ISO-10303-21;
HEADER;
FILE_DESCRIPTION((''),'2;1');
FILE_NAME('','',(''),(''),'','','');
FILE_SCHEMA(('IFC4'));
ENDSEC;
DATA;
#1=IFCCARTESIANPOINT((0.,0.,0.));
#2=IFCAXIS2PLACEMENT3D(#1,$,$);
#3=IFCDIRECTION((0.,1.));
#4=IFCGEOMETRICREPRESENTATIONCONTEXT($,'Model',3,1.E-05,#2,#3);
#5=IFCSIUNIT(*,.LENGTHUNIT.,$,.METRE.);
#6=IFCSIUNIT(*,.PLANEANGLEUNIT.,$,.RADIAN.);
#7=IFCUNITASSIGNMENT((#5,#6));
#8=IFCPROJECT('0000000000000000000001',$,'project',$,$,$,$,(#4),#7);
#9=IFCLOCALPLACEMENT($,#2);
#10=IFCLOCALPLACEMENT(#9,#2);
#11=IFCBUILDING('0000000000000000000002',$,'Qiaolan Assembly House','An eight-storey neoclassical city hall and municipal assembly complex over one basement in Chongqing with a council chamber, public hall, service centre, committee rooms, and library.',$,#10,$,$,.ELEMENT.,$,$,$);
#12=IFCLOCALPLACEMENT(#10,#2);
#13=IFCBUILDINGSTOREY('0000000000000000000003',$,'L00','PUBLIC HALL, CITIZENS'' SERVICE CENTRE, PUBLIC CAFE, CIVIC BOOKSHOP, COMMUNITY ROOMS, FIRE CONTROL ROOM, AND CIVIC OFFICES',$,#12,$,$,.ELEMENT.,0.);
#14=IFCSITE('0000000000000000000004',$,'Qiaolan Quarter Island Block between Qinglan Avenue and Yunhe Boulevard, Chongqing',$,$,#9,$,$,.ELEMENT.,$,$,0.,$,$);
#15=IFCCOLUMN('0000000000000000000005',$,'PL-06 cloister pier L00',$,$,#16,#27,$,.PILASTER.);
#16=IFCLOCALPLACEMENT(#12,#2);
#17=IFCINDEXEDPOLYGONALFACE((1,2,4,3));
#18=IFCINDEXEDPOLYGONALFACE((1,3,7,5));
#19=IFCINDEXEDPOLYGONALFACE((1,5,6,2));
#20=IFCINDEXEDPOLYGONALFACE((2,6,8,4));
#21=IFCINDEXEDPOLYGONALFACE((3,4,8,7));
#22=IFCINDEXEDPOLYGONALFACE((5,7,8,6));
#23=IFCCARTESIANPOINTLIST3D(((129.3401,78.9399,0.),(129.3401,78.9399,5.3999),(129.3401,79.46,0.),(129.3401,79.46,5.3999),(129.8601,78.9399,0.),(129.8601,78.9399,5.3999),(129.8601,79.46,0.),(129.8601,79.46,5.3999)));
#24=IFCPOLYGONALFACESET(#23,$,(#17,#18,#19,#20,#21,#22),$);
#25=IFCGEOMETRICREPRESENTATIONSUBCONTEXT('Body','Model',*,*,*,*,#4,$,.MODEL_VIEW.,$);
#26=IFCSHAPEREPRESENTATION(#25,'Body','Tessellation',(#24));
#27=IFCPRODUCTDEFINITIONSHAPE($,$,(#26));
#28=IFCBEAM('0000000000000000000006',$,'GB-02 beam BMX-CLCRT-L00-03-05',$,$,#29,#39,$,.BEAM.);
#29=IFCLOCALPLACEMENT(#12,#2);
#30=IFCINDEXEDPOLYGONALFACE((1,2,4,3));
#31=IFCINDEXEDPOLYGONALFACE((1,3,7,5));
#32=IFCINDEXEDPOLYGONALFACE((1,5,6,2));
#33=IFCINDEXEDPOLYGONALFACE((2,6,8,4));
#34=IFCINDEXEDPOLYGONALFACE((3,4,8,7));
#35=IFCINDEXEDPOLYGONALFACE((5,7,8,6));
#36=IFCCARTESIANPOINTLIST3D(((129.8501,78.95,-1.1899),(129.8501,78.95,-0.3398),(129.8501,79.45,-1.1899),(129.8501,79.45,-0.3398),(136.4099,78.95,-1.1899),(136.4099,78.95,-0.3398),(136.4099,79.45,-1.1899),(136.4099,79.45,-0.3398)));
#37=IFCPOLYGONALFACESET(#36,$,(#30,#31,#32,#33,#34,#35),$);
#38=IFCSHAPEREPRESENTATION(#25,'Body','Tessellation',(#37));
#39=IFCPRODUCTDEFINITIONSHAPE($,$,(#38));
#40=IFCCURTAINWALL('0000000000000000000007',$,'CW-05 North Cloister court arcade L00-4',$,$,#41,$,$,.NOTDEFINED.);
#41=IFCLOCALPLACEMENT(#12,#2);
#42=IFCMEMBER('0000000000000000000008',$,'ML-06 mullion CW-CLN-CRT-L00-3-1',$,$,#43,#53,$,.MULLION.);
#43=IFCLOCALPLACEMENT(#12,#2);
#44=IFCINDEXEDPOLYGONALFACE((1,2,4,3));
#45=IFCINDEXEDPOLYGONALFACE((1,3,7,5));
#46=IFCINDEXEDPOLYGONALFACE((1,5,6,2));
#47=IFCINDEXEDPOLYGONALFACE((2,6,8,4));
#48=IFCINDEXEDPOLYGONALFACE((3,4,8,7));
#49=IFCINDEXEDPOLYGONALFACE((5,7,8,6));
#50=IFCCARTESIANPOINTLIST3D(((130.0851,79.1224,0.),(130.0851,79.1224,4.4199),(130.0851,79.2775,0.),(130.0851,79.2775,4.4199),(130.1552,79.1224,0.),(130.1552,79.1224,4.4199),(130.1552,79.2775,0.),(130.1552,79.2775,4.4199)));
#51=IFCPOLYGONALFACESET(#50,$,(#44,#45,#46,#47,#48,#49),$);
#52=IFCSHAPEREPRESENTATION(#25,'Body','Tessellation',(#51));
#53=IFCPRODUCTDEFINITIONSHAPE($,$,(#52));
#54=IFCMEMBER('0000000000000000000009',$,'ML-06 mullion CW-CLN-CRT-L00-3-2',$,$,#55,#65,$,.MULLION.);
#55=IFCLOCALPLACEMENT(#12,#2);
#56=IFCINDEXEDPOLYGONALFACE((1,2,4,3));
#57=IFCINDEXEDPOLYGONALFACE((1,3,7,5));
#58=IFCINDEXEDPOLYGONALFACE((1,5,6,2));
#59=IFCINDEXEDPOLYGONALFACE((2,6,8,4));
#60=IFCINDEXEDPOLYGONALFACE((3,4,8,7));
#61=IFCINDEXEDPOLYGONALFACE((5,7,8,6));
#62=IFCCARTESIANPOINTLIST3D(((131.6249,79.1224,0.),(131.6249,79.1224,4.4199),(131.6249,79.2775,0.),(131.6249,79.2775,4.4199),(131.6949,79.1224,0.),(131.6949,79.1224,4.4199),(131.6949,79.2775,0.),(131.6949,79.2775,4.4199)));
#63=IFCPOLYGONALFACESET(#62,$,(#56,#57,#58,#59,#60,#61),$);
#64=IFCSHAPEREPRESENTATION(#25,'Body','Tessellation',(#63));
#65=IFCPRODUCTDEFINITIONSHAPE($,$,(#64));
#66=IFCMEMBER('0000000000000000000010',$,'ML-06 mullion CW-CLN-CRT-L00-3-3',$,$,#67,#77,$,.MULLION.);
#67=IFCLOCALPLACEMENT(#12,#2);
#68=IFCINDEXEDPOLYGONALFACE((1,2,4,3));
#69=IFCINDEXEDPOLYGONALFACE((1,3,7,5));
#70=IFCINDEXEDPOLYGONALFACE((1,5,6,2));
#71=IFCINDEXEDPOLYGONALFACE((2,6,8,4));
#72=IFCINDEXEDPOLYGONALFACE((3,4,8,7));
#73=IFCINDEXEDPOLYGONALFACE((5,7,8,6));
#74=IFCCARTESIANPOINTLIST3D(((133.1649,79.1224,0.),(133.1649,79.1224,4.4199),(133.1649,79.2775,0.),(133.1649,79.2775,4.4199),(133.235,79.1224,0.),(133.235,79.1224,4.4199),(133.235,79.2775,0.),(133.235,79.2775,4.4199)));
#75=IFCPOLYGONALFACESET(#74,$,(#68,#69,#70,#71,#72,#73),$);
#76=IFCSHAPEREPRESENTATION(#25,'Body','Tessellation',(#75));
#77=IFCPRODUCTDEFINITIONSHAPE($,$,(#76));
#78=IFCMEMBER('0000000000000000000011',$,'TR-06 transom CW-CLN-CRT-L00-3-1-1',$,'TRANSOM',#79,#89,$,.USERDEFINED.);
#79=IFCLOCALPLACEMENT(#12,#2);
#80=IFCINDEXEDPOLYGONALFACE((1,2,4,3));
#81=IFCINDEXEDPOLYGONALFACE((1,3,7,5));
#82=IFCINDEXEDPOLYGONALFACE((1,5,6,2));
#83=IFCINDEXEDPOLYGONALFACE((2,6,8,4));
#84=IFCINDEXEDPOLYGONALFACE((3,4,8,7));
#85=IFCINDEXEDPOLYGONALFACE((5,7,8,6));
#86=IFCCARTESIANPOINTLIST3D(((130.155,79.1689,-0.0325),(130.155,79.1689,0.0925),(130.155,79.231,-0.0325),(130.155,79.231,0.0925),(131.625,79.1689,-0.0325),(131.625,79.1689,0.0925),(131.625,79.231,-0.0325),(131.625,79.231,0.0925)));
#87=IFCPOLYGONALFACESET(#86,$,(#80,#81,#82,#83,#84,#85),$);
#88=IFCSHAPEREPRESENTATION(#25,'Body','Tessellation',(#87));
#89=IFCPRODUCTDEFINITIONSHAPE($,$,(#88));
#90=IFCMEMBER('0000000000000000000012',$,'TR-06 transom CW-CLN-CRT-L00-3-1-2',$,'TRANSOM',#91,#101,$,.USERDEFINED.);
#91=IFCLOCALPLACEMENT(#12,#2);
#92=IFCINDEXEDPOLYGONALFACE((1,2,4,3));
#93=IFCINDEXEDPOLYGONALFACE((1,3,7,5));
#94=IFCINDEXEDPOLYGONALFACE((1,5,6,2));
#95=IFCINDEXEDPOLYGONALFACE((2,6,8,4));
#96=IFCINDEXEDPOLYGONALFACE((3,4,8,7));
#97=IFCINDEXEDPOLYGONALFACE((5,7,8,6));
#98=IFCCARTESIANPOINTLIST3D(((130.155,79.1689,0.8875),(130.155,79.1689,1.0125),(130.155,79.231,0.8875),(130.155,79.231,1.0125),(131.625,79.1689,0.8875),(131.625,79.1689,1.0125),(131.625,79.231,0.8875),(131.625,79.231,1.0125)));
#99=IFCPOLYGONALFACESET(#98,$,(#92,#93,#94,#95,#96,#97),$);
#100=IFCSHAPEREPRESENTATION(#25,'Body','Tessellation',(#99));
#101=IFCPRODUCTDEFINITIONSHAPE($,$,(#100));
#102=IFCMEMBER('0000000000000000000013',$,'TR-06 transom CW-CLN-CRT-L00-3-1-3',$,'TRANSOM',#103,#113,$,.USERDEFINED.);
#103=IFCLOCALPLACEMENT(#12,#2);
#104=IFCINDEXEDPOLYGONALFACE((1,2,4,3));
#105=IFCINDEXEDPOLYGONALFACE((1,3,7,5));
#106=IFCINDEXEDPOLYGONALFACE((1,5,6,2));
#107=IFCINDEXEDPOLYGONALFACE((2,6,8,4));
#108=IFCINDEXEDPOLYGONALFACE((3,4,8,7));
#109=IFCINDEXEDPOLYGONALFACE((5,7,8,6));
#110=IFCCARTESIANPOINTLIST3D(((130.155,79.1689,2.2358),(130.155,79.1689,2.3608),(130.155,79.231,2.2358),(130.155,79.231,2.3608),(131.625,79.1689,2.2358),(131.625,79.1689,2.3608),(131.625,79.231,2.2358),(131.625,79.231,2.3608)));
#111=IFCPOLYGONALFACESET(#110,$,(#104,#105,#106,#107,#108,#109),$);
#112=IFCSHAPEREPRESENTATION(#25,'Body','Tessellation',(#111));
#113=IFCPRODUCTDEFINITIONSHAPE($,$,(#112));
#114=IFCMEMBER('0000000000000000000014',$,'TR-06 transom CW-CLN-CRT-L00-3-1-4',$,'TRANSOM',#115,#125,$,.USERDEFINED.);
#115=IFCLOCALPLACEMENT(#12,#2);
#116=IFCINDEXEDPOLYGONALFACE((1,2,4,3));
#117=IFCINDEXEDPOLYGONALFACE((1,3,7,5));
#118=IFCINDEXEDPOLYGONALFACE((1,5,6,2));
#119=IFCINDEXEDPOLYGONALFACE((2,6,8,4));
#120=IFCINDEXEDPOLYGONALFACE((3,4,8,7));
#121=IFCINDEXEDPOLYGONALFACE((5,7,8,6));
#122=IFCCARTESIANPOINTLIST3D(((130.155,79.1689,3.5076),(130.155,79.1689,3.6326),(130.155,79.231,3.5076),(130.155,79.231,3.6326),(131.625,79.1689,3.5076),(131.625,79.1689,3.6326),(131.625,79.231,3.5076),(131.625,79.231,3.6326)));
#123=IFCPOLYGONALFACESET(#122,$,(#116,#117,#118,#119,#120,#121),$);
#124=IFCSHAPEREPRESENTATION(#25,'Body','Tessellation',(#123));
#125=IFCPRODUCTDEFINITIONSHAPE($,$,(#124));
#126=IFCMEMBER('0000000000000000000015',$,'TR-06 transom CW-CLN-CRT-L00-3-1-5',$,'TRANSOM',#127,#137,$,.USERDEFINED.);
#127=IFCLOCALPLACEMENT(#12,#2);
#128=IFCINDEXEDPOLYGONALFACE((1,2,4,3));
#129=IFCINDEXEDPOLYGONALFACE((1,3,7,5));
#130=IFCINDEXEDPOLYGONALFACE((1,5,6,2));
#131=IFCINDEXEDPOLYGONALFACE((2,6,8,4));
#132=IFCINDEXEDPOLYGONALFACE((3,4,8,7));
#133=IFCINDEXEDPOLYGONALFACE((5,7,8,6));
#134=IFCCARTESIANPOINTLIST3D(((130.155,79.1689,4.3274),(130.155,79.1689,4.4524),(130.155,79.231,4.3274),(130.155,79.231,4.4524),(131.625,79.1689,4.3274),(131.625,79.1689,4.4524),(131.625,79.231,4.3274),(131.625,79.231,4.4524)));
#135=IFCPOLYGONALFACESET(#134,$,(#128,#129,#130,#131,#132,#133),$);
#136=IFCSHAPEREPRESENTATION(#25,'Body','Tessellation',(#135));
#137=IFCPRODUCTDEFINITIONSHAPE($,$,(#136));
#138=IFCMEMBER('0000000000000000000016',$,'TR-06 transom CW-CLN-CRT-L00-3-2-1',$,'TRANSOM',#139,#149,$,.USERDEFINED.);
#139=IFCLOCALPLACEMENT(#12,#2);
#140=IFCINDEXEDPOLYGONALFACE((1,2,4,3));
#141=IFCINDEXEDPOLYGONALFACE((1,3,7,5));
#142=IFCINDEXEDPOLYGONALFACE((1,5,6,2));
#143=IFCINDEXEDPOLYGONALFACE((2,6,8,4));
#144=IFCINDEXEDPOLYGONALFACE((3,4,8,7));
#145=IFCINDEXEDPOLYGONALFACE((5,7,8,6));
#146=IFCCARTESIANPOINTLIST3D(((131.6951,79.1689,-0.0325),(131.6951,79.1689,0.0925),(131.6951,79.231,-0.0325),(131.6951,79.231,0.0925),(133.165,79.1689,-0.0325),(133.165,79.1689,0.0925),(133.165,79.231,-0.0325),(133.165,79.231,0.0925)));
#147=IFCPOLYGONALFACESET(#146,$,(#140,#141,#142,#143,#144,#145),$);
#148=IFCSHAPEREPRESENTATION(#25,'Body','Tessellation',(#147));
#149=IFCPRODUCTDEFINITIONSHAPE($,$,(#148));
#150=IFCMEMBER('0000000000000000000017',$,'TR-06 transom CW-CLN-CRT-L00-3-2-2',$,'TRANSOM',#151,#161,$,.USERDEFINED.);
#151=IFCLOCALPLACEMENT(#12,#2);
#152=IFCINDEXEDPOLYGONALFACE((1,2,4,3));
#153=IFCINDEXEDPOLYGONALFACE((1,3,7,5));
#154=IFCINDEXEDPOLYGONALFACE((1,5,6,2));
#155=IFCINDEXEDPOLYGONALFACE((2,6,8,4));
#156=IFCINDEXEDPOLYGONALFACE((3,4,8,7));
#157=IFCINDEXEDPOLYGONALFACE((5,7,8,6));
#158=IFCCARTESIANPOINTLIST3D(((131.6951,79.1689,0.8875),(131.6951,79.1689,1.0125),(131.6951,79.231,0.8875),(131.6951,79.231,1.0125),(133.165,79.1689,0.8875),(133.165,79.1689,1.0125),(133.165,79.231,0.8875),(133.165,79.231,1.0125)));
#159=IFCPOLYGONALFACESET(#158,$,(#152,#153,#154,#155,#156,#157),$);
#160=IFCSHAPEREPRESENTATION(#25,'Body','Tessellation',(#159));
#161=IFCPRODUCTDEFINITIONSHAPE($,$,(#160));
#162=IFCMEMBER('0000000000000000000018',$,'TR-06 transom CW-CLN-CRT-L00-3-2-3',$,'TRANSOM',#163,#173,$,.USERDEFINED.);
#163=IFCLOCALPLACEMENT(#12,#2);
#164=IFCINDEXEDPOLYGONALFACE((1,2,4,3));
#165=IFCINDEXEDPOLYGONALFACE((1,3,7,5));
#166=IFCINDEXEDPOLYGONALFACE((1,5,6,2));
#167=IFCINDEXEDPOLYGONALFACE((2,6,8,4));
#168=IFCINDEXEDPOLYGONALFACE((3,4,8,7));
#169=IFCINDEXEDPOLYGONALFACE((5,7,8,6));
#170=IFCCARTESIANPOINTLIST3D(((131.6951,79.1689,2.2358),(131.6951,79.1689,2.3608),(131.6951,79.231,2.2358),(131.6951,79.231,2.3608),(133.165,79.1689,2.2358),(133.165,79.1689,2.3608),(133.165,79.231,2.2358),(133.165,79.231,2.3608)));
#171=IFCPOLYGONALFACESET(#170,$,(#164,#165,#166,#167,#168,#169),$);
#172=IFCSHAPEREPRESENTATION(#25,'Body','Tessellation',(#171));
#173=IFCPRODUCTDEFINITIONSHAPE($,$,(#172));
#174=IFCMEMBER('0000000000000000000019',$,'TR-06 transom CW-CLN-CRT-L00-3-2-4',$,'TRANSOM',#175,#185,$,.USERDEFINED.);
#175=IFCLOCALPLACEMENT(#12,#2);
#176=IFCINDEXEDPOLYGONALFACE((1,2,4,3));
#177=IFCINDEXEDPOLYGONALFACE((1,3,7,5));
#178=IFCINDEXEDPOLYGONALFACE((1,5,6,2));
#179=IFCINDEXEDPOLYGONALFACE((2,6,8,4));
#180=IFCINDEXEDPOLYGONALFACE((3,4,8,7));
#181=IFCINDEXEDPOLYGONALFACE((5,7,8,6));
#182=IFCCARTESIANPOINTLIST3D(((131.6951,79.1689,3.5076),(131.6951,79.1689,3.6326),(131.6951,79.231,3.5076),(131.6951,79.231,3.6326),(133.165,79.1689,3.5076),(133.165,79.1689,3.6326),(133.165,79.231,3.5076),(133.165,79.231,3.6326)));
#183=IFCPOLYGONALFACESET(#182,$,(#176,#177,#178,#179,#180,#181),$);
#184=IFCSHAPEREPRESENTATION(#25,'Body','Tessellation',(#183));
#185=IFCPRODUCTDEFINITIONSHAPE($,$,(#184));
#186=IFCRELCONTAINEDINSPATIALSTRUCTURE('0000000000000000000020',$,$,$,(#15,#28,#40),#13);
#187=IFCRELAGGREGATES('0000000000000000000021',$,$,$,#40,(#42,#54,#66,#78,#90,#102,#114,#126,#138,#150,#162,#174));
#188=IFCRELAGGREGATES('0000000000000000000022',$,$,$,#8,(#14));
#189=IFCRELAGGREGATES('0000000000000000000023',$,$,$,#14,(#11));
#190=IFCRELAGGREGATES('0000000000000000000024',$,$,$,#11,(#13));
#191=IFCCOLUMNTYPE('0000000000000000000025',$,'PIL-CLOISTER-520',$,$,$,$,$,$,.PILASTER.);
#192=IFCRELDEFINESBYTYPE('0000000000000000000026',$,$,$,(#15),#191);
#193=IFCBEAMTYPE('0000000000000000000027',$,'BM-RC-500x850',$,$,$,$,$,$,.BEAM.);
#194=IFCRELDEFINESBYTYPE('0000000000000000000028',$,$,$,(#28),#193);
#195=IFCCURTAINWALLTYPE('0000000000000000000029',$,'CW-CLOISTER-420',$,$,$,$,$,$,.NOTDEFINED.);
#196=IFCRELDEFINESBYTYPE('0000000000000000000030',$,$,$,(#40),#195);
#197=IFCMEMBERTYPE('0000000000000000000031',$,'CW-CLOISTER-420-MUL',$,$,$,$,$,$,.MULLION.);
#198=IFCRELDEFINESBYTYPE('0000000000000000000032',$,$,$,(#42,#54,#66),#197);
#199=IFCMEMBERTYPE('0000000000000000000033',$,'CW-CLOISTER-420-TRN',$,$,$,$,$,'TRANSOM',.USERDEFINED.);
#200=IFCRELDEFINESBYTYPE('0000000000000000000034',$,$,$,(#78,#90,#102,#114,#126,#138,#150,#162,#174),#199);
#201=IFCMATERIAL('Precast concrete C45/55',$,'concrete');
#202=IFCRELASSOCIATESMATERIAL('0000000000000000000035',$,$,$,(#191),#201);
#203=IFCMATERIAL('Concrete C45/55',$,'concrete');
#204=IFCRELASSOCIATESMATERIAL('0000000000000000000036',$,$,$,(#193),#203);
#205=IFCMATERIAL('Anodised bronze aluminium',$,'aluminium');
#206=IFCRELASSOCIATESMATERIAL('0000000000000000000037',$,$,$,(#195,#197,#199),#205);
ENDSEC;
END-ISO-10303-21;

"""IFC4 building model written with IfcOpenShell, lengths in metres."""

from ifc_helpers import new_model, si_unit, direction, frame, origin, origin_2d, place, context, subcontext, project, spatial, rectangle, extrude, material, material_profile, profile_set, type_object, element, aggregate, save


model = new_model("IFC4")

# Units and contexts
model_context = context("Model", 3, precision=1e-05, world=origin(), true_north=direction((0.0, 1.0)))
body_context = subcontext(model_context, "Body", "Model", "MODEL_VIEW")
ifc_project = project(units=[si_unit("LENGTHUNIT", "METRE"), si_unit("PLANEANGLEUNIT", "RADIAN")], contexts=[model_context])

# Site, building, storey
site_placement = place(None, origin())
site = spatial("IfcSite", under=ifc_project, at=site_placement, Name="Qiaolan Quarter Island Block between Qinglan Avenue and Yunhe Boulevard, Chongqing", CompositionType="ELEMENT", RefElevation=0.0)
building_placement = place(site_placement, origin())
building = spatial("IfcBuilding", under=site, at=building_placement, Name="Qiaolan Assembly House", Description="An eight-storey neoclassical city hall and municipal assembly complex over one basement in Chongqing with a council chamber, public hall, service centre, committee rooms, and library.", CompositionType="ELEMENT")
storey_placement = place(building_placement, origin())
storey = spatial("IfcBuildingStorey", under=building, at=storey_placement, Name="L00", Description="PUBLIC HALL, CITIZENS' SERVICE CENTRE, PUBLIC CAFE, CIVIC BOOKSHOP, COMMUNITY ROOMS, FIRE CONTROL ROOM, AND CIVIC OFFICES", CompositionType="ELEMENT", Elevation=0.0)

# Column
ifc_material_1 = material(Name="Precast concrete C45/55", Category="concrete")
ifc_material_profile_1 = material_profile(ifc_material_1, rectangle(XDim=0.52, YDim=0.52, at=origin_2d()), Name="PIL 520x520")
ifc_profile_set_1 = profile_set([ifc_material_profile_1], Name="Precast concrete C45/55")
column_type = type_object("IfcColumnType", Name="PIL-CLOISTER-520", PredefinedType="PILASTER", material=ifc_profile_set_1)
column_placement = place(storey_placement, frame((129.6001, 79.2, 0.0), z_axis=(0.0, 0.0, 1.0), x_axis=(1.0, 0.0, 0.0)))
element("IfcColumn", 1, at=column_placement, inside=storey, type_object=column_type, Name="PL-06 cloister pier L00", PredefinedType="PILASTER", context=body_context, shape_type="SweptSolid", body=[
    extrude(rectangle(XDim=0.52, YDim=0.52, at=origin_2d()), origin(), (0.0, 0.0, 1.0), 5.3999),
])

# Beam
ifc_material_2 = material(Name="Concrete C45/55", Category="concrete")
ifc_material_profile_2 = material_profile(ifc_material_2, rectangle(XDim=0.5, YDim=0.8501, at=origin_2d()), Name="RCB 500x850")
ifc_profile_set_2 = profile_set([ifc_material_profile_2], Name="Concrete C45/55")
beam_type = type_object("IfcBeamType", Name="BM-RC-500x850", PredefinedType="BEAM", material=ifc_profile_set_2)
beam_placement = place(storey_placement, frame((129.8501, 79.2, -0.7649), z_axis=(1.0, 0.0, 0.0), x_axis=(0.0, 1.0, 0.0)))
element("IfcBeam", 2, at=beam_placement, inside=storey, type_object=beam_type, Name="GB-02 beam BMX-CLCRT-L00-03-05", PredefinedType="BEAM", context=body_context, shape_type="SweptSolid", body=[
    extrude(rectangle(XDim=0.5, YDim=0.8501, at=origin_2d()), origin(), (0.0, 0.0, 1.0), 6.5598),
])

# Curtain wall, members
ifc_material_3 = material(Name="Anodised bronze aluminium", Category="aluminium")
curtain_wall_type = type_object("IfcCurtainWallType", Name="CW-CLOISTER-420", PredefinedType="NOTDEFINED", material=ifc_material_3)
curtain_wall_placement = place(storey_placement, origin())
curtain_wall = element("IfcCurtainWall", 3, at=curtain_wall_placement, inside=storey, type_object=curtain_wall_type, Name="CW-05 North Cloister court arcade L00-4", PredefinedType="NOTDEFINED")
ifc_material_profile_3 = material_profile(ifc_material_3, rectangle(XDim=0.0701, YDim=0.155, at=origin_2d()), Name="MUL 70x155")
ifc_profile_set_3 = profile_set([ifc_material_profile_3], Name="Anodised bronze aluminium")
member_type_1 = type_object("IfcMemberType", Name="CW-CLOISTER-420-MUL", PredefinedType="MULLION", material=ifc_profile_set_3)
member_1_placement = place(storey_placement, frame((130.1201, 79.2, 0.0), z_axis=(0.0, 0.0, 1.0), x_axis=(1.0, 0.0, 0.0)))
member_1 = element("IfcMember", 4, at=member_1_placement, type_object=member_type_1, Name="ML-06 mullion CW-CLN-CRT-L00-3-1", PredefinedType="MULLION", context=body_context, shape_type="SweptSolid", body=[
    extrude(rectangle(XDim=0.0701, YDim=0.155, at=origin_2d()), origin(), (0.0, 0.0, 1.0), 4.4199),
])
member_2_placement = place(storey_placement, frame((131.6599, 79.2, 0.0), z_axis=(0.0, 0.0, 1.0), x_axis=(1.0, 0.0, 0.0)))
member_2 = element("IfcMember", 5, at=member_2_placement, type_object=member_type_1, Name="ML-06 mullion CW-CLN-CRT-L00-3-2", PredefinedType="MULLION", context=body_context, shape_type="SweptSolid", body=[
    extrude(rectangle(XDim=0.0701, YDim=0.155, at=origin_2d()), origin(), (0.0, 0.0, 1.0), 4.4199),
])
member_3_placement = place(storey_placement, frame((133.2, 79.2, 0.0), z_axis=(0.0, 0.0, 1.0), x_axis=(1.0, 0.0, 0.0)))
member_3 = element("IfcMember", 6, at=member_3_placement, type_object=member_type_1, Name="ML-06 mullion CW-CLN-CRT-L00-3-3", PredefinedType="MULLION", context=body_context, shape_type="SweptSolid", body=[
    extrude(rectangle(XDim=0.0701, YDim=0.155, at=origin_2d()), origin(), (0.0, 0.0, 1.0), 4.4199),
])
ifc_material_profile_4 = material_profile(ifc_material_3, rectangle(XDim=0.062, YDim=0.125, at=origin_2d()), Name="TRN 62x125")
ifc_profile_set_4 = profile_set([ifc_material_profile_4], Name="Anodised bronze aluminium")
member_type_2 = type_object("IfcMemberType", Name="CW-CLOISTER-420-TRN", ElementType="TRANSOM", PredefinedType="USERDEFINED", material=ifc_profile_set_4)
member_4_placement = place(storey_placement, frame((130.155, 79.2, 0.03), z_axis=(1.0, 0.0, 0.0), x_axis=(0.0, 1.0, 0.0)))
member_4 = element("IfcMember", 7, at=member_4_placement, type_object=member_type_2, Name="TR-06 transom CW-CLN-CRT-L00-3-1-1", ObjectType="TRANSOM", PredefinedType="USERDEFINED", context=body_context, shape_type="SweptSolid", body=[
    extrude(rectangle(XDim=0.062, YDim=0.125, at=origin_2d()), origin(), (0.0, 0.0, 1.0), 1.47),
])
member_5_placement = place(storey_placement, frame((130.155, 79.2, 0.95), z_axis=(1.0, 0.0, 0.0), x_axis=(0.0, 1.0, 0.0)))
member_5 = element("IfcMember", 8, at=member_5_placement, type_object=member_type_2, Name="TR-06 transom CW-CLN-CRT-L00-3-1-2", ObjectType="TRANSOM", PredefinedType="USERDEFINED", context=body_context, shape_type="SweptSolid", body=[
    extrude(rectangle(XDim=0.062, YDim=0.125, at=origin_2d()), origin(), (0.0, 0.0, 1.0), 1.47),
])
member_6_placement = place(storey_placement, frame((130.155, 79.2, 2.2983), z_axis=(1.0, 0.0, 0.0), x_axis=(0.0, 1.0, 0.0)))
member_6 = element("IfcMember", 9, at=member_6_placement, type_object=member_type_2, Name="TR-06 transom CW-CLN-CRT-L00-3-1-3", ObjectType="TRANSOM", PredefinedType="USERDEFINED", context=body_context, shape_type="SweptSolid", body=[
    extrude(rectangle(XDim=0.062, YDim=0.125, at=origin_2d()), origin(), (0.0, 0.0, 1.0), 1.47),
])
member_7_placement = place(storey_placement, frame((130.155, 79.2, 3.5701), z_axis=(1.0, 0.0, 0.0), x_axis=(0.0, 1.0, 0.0)))
member_7 = element("IfcMember", 10, at=member_7_placement, type_object=member_type_2, Name="TR-06 transom CW-CLN-CRT-L00-3-1-4", ObjectType="TRANSOM", PredefinedType="USERDEFINED", context=body_context, shape_type="SweptSolid", body=[
    extrude(rectangle(XDim=0.062, YDim=0.125, at=origin_2d()), origin(), (0.0, 0.0, 1.0), 1.47),
])
member_8_placement = place(storey_placement, frame((130.155, 79.2, 4.3899), z_axis=(1.0, 0.0, 0.0), x_axis=(0.0, 1.0, 0.0)))
member_8 = element("IfcMember", 11, at=member_8_placement, type_object=member_type_2, Name="TR-06 transom CW-CLN-CRT-L00-3-1-5", ObjectType="TRANSOM", PredefinedType="USERDEFINED", context=body_context, shape_type="SweptSolid", body=[
    extrude(rectangle(XDim=0.062, YDim=0.125, at=origin_2d()), origin(), (0.0, 0.0, 1.0), 1.47),
])
member_9_placement = place(storey_placement, frame((131.6951, 79.2, 0.03), z_axis=(1.0, 0.0, 0.0), x_axis=(0.0, 1.0, 0.0)))
member_9 = element("IfcMember", 12, at=member_9_placement, type_object=member_type_2, Name="TR-06 transom CW-CLN-CRT-L00-3-2-1", ObjectType="TRANSOM", PredefinedType="USERDEFINED", context=body_context, shape_type="SweptSolid", body=[
    extrude(rectangle(XDim=0.062, YDim=0.125, at=origin_2d()), origin(), (0.0, 0.0, 1.0), 1.47),
])
member_10_placement = place(storey_placement, frame((131.6951, 79.2, 0.95), z_axis=(1.0, 0.0, 0.0), x_axis=(0.0, 1.0, 0.0)))
member_10 = element("IfcMember", 13, at=member_10_placement, type_object=member_type_2, Name="TR-06 transom CW-CLN-CRT-L00-3-2-2", ObjectType="TRANSOM", PredefinedType="USERDEFINED", context=body_context, shape_type="SweptSolid", body=[
    extrude(rectangle(XDim=0.062, YDim=0.125, at=origin_2d()), origin(), (0.0, 0.0, 1.0), 1.47),
])
member_11_placement = place(storey_placement, frame((131.6951, 79.2, 2.2983), z_axis=(1.0, 0.0, 0.0), x_axis=(0.0, 1.0, 0.0)))
member_11 = element("IfcMember", 14, at=member_11_placement, type_object=member_type_2, Name="TR-06 transom CW-CLN-CRT-L00-3-2-3", ObjectType="TRANSOM", PredefinedType="USERDEFINED", context=body_context, shape_type="SweptSolid", body=[
    extrude(rectangle(XDim=0.062, YDim=0.125, at=origin_2d()), origin(), (0.0, 0.0, 1.0), 1.47),
])
member_12_placement = place(storey_placement, frame((131.6951, 79.2, 3.5701), z_axis=(1.0, 0.0, 0.0), x_axis=(0.0, 1.0, 0.0)))
member_12 = element("IfcMember", 15, at=member_12_placement, type_object=member_type_2, Name="TR-06 transom CW-CLN-CRT-L00-3-2-4", ObjectType="TRANSOM", PredefinedType="USERDEFINED", context=body_context, shape_type="SweptSolid", body=[
    extrude(rectangle(XDim=0.062, YDim=0.125, at=origin_2d()), origin(), (0.0, 0.0, 1.0), 1.47),
])
aggregate(curtain_wall, [member_1, member_2, member_3, member_4, member_5, member_6, member_7, member_8, member_9, member_10, member_11, member_12])

save(model, "model.ifc")
